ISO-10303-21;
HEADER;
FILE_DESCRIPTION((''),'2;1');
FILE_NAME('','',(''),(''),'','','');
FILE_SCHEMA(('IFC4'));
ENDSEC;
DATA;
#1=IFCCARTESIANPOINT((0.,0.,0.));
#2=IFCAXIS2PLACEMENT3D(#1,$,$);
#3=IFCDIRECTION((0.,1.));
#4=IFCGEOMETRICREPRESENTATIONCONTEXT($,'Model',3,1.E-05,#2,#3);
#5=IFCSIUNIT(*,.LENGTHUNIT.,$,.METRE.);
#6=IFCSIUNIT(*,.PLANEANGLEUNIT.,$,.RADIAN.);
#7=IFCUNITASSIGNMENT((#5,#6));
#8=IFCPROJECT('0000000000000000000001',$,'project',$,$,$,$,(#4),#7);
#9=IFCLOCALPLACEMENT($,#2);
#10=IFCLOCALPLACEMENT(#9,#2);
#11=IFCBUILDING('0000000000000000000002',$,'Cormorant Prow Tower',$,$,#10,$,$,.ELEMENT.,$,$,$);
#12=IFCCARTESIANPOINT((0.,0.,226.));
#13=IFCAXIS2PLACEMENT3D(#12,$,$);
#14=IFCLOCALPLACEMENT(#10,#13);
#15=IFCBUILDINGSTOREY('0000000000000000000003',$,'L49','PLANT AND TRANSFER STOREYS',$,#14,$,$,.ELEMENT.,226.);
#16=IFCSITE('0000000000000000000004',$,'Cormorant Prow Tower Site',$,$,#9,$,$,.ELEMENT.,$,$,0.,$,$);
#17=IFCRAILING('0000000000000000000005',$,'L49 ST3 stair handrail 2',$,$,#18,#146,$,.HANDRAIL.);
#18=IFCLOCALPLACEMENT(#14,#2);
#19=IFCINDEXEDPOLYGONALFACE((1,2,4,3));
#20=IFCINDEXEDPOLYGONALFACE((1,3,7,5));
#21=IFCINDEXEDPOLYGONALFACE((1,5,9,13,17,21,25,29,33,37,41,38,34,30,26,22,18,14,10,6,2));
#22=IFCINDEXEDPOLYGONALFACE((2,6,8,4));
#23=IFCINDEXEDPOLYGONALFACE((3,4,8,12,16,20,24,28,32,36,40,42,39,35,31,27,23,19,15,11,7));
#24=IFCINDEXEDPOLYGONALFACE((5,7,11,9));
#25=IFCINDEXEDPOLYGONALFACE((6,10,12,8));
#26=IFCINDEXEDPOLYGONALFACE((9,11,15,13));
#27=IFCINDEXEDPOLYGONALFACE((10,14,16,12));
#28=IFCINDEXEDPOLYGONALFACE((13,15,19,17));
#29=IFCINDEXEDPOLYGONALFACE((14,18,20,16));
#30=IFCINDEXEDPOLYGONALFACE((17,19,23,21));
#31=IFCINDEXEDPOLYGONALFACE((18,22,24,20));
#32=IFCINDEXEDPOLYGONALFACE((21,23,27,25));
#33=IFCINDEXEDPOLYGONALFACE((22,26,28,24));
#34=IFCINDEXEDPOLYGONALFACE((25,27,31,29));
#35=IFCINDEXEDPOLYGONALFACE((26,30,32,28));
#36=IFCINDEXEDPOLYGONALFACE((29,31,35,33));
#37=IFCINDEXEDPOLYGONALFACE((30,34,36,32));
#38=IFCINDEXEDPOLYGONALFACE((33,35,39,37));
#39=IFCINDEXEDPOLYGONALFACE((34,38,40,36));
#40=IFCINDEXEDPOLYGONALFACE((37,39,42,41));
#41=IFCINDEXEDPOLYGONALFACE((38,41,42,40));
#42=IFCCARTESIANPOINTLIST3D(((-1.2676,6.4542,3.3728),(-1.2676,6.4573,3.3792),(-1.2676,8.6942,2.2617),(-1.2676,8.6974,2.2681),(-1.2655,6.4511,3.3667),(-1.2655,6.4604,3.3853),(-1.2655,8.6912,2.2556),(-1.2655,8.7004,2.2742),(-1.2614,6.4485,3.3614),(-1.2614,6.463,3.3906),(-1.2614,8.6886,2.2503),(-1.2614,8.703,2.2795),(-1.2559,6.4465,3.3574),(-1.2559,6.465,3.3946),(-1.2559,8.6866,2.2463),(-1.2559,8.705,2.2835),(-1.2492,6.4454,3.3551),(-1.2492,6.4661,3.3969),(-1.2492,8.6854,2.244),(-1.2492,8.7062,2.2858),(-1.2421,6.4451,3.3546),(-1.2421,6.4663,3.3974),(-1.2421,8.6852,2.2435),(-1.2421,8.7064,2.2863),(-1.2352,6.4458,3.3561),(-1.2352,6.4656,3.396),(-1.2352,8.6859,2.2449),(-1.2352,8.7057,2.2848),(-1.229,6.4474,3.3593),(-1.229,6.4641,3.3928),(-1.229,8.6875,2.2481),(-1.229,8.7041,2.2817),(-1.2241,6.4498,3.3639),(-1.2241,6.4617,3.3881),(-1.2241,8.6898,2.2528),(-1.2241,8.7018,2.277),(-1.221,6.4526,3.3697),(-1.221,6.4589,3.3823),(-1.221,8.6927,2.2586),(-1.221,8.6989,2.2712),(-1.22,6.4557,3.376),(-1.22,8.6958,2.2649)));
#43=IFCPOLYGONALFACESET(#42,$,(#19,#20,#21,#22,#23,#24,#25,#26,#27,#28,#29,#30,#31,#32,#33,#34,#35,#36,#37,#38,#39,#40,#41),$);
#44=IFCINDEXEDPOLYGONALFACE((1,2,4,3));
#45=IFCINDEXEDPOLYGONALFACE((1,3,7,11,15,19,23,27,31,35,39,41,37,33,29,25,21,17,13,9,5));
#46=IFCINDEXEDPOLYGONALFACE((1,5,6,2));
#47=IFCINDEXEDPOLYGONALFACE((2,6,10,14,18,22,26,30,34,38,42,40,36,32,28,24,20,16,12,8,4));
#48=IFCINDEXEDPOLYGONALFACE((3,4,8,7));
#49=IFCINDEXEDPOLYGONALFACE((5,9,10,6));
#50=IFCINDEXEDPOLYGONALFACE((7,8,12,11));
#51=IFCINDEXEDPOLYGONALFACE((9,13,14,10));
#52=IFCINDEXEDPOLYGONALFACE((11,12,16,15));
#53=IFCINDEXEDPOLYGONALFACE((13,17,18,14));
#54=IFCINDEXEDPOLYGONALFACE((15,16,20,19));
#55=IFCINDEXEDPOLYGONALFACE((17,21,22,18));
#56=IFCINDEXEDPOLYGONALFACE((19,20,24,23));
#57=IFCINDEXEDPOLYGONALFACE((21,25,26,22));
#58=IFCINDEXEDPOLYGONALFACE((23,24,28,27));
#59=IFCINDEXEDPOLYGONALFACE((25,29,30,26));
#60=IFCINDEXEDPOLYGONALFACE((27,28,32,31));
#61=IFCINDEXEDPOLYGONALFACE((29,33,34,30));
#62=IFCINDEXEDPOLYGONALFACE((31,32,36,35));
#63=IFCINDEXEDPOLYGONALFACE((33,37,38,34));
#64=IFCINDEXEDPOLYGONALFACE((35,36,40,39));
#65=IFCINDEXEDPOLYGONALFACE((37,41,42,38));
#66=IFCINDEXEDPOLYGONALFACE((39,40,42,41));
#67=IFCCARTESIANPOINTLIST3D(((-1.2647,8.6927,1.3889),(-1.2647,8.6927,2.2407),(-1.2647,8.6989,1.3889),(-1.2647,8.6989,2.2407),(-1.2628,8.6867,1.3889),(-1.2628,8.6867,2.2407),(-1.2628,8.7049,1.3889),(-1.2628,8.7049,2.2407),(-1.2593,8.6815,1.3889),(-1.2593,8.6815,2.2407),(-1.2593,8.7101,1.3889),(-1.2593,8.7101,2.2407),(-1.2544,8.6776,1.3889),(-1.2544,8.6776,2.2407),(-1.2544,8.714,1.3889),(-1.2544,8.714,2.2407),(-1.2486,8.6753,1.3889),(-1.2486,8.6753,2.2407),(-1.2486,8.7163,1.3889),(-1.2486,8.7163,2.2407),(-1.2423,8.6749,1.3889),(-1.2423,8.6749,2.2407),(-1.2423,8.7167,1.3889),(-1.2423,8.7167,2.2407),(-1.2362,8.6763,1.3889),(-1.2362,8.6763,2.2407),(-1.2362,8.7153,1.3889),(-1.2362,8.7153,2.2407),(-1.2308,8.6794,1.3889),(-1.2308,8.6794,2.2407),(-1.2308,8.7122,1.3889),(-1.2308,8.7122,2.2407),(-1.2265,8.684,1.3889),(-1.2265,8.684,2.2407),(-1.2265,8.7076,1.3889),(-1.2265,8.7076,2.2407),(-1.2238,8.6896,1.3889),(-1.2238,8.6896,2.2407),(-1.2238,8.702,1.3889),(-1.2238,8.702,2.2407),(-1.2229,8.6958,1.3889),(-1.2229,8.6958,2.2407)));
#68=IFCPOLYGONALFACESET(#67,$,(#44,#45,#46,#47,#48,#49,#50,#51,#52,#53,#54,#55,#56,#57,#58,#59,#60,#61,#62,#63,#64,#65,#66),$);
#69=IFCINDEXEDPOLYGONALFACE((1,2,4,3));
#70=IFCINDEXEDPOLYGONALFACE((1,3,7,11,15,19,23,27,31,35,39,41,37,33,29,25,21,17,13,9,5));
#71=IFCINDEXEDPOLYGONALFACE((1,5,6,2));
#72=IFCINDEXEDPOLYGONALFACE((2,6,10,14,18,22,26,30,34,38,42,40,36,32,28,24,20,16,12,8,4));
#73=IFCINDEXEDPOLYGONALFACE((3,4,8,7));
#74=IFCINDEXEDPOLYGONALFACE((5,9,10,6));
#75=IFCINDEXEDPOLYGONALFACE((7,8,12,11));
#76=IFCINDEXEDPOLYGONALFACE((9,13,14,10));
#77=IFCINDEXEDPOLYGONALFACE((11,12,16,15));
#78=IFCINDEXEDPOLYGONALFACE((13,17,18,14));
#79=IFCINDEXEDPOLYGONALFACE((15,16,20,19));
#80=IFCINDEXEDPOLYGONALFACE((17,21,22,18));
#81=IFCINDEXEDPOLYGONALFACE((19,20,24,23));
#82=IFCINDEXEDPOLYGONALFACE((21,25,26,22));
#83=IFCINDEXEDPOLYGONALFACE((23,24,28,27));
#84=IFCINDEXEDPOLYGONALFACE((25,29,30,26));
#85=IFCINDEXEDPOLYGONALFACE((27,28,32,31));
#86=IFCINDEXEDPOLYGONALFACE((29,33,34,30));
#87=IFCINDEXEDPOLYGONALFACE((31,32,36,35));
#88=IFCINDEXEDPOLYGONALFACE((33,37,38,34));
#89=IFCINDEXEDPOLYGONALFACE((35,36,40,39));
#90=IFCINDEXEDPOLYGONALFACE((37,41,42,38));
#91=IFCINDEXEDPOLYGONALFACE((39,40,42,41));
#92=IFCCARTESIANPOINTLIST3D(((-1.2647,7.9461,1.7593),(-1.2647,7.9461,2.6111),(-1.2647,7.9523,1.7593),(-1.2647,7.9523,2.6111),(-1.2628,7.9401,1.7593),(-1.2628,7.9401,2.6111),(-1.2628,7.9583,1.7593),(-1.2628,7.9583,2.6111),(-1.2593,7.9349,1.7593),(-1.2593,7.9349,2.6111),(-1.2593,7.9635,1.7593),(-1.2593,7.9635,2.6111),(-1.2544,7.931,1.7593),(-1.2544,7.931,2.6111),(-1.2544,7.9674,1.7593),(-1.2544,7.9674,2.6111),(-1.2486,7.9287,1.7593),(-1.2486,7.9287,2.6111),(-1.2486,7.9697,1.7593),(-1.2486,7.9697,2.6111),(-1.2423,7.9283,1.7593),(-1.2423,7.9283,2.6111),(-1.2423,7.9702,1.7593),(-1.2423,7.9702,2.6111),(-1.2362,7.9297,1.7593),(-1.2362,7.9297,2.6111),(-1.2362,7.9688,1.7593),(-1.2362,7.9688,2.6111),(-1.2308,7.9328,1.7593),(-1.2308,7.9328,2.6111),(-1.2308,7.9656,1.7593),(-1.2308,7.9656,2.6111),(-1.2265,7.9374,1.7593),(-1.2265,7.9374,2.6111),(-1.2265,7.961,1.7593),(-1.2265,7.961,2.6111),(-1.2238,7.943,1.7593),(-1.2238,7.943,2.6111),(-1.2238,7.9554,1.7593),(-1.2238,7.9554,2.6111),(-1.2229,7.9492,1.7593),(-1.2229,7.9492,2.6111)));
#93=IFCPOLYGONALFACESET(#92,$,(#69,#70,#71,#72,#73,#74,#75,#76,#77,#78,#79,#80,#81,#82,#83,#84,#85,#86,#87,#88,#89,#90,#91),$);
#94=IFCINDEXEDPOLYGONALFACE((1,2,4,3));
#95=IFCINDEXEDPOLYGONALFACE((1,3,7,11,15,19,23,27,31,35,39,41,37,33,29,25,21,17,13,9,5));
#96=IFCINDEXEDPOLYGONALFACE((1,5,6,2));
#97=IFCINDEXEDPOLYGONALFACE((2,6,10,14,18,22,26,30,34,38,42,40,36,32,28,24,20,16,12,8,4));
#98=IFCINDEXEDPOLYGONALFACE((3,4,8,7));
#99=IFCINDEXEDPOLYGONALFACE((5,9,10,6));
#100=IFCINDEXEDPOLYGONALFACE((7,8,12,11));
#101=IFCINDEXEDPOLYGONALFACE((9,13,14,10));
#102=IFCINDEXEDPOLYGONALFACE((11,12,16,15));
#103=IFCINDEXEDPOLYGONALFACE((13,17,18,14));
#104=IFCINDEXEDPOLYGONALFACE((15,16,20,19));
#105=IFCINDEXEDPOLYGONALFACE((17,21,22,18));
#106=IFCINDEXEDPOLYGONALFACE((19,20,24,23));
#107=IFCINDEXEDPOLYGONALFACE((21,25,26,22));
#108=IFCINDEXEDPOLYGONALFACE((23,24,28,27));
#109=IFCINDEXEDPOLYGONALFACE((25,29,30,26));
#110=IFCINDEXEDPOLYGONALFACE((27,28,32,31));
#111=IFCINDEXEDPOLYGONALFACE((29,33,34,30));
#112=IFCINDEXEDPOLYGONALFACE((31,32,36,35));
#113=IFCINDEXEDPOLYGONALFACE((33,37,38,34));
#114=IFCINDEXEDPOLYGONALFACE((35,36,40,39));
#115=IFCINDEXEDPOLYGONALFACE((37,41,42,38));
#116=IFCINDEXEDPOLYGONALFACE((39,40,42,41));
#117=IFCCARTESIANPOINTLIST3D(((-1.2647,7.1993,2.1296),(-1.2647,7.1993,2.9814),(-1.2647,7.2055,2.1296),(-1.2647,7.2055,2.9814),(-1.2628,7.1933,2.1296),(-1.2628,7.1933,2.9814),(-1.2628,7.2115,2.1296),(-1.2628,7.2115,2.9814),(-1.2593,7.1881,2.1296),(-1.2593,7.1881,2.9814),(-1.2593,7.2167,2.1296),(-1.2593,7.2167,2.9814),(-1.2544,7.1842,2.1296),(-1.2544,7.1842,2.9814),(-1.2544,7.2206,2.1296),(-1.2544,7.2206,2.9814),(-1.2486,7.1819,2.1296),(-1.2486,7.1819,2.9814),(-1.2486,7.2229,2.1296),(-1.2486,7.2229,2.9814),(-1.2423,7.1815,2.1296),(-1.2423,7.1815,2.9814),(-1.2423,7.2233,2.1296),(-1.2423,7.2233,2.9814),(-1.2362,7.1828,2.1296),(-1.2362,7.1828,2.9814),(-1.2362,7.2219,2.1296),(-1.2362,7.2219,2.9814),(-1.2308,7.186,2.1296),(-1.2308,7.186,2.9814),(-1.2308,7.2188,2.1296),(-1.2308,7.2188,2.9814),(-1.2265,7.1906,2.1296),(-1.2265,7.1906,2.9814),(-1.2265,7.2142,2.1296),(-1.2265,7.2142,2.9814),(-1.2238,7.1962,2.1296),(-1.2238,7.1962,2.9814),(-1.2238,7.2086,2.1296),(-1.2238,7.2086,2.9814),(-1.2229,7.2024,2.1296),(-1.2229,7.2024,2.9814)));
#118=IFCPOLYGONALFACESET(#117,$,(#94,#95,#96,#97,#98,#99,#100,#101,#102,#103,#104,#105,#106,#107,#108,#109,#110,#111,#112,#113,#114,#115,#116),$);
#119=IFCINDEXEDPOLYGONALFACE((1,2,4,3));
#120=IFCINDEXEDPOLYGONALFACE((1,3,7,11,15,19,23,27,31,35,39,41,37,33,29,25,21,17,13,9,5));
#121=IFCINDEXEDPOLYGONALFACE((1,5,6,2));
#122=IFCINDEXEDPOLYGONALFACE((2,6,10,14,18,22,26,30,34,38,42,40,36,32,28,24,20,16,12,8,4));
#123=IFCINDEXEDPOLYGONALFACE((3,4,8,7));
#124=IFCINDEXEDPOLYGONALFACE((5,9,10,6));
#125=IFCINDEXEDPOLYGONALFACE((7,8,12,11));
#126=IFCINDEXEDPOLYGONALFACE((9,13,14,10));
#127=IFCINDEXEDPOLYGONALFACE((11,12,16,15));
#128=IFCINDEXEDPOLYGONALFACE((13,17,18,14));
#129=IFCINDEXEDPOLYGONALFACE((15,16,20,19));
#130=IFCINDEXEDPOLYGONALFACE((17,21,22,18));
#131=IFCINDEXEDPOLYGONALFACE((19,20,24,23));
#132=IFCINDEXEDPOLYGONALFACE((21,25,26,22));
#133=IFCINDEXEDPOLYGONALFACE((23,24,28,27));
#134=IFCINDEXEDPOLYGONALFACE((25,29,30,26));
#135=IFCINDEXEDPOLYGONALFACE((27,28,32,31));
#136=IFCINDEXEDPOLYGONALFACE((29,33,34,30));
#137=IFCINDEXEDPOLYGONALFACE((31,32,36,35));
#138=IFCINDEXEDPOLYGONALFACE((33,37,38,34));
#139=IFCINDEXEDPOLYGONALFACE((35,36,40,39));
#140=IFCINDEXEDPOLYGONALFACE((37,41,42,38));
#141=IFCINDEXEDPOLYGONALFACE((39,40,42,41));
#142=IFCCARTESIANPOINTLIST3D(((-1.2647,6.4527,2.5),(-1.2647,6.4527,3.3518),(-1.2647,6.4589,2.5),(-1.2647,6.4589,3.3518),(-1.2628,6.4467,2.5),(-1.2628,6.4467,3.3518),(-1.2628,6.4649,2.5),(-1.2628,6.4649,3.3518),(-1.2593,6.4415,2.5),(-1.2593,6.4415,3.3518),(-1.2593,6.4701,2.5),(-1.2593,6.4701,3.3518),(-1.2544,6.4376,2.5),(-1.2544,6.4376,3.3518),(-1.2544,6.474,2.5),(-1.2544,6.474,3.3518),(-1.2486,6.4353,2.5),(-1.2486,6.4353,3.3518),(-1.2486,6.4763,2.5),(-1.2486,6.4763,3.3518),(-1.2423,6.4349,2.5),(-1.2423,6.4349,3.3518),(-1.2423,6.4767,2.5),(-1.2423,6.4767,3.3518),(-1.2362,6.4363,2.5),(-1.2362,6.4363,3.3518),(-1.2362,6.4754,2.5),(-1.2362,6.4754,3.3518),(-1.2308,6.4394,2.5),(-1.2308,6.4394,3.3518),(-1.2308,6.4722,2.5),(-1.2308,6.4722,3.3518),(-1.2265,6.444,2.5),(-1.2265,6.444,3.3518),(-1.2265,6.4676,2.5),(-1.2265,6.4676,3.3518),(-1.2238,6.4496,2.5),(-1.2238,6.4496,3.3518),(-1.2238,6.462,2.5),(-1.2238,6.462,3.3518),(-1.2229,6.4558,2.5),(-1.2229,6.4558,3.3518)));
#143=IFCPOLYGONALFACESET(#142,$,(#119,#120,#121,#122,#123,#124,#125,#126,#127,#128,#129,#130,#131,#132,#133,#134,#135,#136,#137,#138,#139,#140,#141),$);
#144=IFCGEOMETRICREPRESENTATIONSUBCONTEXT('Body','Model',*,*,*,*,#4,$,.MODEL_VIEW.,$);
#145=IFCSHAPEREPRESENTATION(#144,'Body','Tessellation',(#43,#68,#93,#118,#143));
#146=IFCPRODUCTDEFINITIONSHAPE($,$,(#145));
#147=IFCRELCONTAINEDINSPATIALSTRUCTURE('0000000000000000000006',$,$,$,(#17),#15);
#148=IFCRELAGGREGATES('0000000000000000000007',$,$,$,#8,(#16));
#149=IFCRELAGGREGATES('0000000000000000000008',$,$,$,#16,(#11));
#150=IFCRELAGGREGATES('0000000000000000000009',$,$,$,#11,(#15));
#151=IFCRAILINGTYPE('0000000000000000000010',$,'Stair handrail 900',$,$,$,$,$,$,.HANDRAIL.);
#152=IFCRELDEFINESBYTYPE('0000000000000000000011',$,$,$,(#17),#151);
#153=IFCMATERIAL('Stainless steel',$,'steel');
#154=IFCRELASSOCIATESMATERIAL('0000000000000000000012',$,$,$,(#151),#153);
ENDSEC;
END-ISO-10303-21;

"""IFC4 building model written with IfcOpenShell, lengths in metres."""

from ifc_helpers import new_model, si_unit, direction, frame, origin, origin_2d, place, context, subcontext, project, spatial, circle, extrude, material, type_object, element, save


model = new_model("IFC4")

# Units and contexts
model_context = context("Model", 3, precision=1e-05, world=origin(), true_north=direction((0.0, 1.0)))
body_context = subcontext(model_context, "Body", "Model", "MODEL_VIEW")
ifc_project = project(units=[si_unit("LENGTHUNIT", "METRE"), si_unit("PLANEANGLEUNIT", "RADIAN")], contexts=[model_context])

# Site, building, storey
site_placement = place(None, origin())
site = spatial("IfcSite", under=ifc_project, at=site_placement, Name="Cormorant Prow Tower Site", CompositionType="ELEMENT", RefElevation=0.0)
building_placement = place(site_placement, origin())
building = spatial("IfcBuilding", under=site, at=building_placement, Name="Cormorant Prow Tower", CompositionType="ELEMENT")
storey_placement = place(building_placement, frame((0.0, 0.0, 226.0)))
storey = spatial("IfcBuildingStorey", under=building, at=storey_placement, Name="L49", Description="PLANT AND TRANSFER STOREYS", CompositionType="ELEMENT", Elevation=226.0)

# Railing
ifc_material_1 = material(Name="Stainless steel", Category="steel")
railing_type = type_object("IfcRailingType", Name="Stair handrail 900", PredefinedType="HANDRAIL", material=ifc_material_1)
for number, where, name in (
    (1, (-1.2439, 8.6958, 1.3889), "L49 ST3 stair handrail 2"),
):
    element("IfcRailing", number, at=place(storey_placement, frame(where)), inside=storey, type_object=railing_type, Name=name, PredefinedType="HANDRAIL", context=body_context, shape_type="SweptSolid", body=[
        extrude(circle(Radius=0.0239, at=origin_2d()), frame((0.0, 0.0, 0.876), z_axis=(0.0, -0.895848, 0.44436), x_axis=(1.0, 0.0, 0.0)), (0.0, 0.0, 1.0), 2.5005),
        extrude(circle(Radius=0.021, at=origin_2d()), origin(), (0.0, 0.0, 1.0), 0.8518),
        extrude(circle(Radius=0.021, at=origin_2d()), frame((0.0, -0.7466, 0.3704)), (0.0, 0.0, 1.0), 0.8518),
        extrude(circle(Radius=0.021, at=origin_2d()), frame((0.0, -1.4934, 0.7407)), (0.0, 0.0, 1.0), 0.8518),
        extrude(circle(Radius=0.021, at=origin_2d()), frame((0.0, -2.24, 1.1111)), (0.0, 0.0, 1.0), 0.8518),
    ])

save(model, "model.ifc")
